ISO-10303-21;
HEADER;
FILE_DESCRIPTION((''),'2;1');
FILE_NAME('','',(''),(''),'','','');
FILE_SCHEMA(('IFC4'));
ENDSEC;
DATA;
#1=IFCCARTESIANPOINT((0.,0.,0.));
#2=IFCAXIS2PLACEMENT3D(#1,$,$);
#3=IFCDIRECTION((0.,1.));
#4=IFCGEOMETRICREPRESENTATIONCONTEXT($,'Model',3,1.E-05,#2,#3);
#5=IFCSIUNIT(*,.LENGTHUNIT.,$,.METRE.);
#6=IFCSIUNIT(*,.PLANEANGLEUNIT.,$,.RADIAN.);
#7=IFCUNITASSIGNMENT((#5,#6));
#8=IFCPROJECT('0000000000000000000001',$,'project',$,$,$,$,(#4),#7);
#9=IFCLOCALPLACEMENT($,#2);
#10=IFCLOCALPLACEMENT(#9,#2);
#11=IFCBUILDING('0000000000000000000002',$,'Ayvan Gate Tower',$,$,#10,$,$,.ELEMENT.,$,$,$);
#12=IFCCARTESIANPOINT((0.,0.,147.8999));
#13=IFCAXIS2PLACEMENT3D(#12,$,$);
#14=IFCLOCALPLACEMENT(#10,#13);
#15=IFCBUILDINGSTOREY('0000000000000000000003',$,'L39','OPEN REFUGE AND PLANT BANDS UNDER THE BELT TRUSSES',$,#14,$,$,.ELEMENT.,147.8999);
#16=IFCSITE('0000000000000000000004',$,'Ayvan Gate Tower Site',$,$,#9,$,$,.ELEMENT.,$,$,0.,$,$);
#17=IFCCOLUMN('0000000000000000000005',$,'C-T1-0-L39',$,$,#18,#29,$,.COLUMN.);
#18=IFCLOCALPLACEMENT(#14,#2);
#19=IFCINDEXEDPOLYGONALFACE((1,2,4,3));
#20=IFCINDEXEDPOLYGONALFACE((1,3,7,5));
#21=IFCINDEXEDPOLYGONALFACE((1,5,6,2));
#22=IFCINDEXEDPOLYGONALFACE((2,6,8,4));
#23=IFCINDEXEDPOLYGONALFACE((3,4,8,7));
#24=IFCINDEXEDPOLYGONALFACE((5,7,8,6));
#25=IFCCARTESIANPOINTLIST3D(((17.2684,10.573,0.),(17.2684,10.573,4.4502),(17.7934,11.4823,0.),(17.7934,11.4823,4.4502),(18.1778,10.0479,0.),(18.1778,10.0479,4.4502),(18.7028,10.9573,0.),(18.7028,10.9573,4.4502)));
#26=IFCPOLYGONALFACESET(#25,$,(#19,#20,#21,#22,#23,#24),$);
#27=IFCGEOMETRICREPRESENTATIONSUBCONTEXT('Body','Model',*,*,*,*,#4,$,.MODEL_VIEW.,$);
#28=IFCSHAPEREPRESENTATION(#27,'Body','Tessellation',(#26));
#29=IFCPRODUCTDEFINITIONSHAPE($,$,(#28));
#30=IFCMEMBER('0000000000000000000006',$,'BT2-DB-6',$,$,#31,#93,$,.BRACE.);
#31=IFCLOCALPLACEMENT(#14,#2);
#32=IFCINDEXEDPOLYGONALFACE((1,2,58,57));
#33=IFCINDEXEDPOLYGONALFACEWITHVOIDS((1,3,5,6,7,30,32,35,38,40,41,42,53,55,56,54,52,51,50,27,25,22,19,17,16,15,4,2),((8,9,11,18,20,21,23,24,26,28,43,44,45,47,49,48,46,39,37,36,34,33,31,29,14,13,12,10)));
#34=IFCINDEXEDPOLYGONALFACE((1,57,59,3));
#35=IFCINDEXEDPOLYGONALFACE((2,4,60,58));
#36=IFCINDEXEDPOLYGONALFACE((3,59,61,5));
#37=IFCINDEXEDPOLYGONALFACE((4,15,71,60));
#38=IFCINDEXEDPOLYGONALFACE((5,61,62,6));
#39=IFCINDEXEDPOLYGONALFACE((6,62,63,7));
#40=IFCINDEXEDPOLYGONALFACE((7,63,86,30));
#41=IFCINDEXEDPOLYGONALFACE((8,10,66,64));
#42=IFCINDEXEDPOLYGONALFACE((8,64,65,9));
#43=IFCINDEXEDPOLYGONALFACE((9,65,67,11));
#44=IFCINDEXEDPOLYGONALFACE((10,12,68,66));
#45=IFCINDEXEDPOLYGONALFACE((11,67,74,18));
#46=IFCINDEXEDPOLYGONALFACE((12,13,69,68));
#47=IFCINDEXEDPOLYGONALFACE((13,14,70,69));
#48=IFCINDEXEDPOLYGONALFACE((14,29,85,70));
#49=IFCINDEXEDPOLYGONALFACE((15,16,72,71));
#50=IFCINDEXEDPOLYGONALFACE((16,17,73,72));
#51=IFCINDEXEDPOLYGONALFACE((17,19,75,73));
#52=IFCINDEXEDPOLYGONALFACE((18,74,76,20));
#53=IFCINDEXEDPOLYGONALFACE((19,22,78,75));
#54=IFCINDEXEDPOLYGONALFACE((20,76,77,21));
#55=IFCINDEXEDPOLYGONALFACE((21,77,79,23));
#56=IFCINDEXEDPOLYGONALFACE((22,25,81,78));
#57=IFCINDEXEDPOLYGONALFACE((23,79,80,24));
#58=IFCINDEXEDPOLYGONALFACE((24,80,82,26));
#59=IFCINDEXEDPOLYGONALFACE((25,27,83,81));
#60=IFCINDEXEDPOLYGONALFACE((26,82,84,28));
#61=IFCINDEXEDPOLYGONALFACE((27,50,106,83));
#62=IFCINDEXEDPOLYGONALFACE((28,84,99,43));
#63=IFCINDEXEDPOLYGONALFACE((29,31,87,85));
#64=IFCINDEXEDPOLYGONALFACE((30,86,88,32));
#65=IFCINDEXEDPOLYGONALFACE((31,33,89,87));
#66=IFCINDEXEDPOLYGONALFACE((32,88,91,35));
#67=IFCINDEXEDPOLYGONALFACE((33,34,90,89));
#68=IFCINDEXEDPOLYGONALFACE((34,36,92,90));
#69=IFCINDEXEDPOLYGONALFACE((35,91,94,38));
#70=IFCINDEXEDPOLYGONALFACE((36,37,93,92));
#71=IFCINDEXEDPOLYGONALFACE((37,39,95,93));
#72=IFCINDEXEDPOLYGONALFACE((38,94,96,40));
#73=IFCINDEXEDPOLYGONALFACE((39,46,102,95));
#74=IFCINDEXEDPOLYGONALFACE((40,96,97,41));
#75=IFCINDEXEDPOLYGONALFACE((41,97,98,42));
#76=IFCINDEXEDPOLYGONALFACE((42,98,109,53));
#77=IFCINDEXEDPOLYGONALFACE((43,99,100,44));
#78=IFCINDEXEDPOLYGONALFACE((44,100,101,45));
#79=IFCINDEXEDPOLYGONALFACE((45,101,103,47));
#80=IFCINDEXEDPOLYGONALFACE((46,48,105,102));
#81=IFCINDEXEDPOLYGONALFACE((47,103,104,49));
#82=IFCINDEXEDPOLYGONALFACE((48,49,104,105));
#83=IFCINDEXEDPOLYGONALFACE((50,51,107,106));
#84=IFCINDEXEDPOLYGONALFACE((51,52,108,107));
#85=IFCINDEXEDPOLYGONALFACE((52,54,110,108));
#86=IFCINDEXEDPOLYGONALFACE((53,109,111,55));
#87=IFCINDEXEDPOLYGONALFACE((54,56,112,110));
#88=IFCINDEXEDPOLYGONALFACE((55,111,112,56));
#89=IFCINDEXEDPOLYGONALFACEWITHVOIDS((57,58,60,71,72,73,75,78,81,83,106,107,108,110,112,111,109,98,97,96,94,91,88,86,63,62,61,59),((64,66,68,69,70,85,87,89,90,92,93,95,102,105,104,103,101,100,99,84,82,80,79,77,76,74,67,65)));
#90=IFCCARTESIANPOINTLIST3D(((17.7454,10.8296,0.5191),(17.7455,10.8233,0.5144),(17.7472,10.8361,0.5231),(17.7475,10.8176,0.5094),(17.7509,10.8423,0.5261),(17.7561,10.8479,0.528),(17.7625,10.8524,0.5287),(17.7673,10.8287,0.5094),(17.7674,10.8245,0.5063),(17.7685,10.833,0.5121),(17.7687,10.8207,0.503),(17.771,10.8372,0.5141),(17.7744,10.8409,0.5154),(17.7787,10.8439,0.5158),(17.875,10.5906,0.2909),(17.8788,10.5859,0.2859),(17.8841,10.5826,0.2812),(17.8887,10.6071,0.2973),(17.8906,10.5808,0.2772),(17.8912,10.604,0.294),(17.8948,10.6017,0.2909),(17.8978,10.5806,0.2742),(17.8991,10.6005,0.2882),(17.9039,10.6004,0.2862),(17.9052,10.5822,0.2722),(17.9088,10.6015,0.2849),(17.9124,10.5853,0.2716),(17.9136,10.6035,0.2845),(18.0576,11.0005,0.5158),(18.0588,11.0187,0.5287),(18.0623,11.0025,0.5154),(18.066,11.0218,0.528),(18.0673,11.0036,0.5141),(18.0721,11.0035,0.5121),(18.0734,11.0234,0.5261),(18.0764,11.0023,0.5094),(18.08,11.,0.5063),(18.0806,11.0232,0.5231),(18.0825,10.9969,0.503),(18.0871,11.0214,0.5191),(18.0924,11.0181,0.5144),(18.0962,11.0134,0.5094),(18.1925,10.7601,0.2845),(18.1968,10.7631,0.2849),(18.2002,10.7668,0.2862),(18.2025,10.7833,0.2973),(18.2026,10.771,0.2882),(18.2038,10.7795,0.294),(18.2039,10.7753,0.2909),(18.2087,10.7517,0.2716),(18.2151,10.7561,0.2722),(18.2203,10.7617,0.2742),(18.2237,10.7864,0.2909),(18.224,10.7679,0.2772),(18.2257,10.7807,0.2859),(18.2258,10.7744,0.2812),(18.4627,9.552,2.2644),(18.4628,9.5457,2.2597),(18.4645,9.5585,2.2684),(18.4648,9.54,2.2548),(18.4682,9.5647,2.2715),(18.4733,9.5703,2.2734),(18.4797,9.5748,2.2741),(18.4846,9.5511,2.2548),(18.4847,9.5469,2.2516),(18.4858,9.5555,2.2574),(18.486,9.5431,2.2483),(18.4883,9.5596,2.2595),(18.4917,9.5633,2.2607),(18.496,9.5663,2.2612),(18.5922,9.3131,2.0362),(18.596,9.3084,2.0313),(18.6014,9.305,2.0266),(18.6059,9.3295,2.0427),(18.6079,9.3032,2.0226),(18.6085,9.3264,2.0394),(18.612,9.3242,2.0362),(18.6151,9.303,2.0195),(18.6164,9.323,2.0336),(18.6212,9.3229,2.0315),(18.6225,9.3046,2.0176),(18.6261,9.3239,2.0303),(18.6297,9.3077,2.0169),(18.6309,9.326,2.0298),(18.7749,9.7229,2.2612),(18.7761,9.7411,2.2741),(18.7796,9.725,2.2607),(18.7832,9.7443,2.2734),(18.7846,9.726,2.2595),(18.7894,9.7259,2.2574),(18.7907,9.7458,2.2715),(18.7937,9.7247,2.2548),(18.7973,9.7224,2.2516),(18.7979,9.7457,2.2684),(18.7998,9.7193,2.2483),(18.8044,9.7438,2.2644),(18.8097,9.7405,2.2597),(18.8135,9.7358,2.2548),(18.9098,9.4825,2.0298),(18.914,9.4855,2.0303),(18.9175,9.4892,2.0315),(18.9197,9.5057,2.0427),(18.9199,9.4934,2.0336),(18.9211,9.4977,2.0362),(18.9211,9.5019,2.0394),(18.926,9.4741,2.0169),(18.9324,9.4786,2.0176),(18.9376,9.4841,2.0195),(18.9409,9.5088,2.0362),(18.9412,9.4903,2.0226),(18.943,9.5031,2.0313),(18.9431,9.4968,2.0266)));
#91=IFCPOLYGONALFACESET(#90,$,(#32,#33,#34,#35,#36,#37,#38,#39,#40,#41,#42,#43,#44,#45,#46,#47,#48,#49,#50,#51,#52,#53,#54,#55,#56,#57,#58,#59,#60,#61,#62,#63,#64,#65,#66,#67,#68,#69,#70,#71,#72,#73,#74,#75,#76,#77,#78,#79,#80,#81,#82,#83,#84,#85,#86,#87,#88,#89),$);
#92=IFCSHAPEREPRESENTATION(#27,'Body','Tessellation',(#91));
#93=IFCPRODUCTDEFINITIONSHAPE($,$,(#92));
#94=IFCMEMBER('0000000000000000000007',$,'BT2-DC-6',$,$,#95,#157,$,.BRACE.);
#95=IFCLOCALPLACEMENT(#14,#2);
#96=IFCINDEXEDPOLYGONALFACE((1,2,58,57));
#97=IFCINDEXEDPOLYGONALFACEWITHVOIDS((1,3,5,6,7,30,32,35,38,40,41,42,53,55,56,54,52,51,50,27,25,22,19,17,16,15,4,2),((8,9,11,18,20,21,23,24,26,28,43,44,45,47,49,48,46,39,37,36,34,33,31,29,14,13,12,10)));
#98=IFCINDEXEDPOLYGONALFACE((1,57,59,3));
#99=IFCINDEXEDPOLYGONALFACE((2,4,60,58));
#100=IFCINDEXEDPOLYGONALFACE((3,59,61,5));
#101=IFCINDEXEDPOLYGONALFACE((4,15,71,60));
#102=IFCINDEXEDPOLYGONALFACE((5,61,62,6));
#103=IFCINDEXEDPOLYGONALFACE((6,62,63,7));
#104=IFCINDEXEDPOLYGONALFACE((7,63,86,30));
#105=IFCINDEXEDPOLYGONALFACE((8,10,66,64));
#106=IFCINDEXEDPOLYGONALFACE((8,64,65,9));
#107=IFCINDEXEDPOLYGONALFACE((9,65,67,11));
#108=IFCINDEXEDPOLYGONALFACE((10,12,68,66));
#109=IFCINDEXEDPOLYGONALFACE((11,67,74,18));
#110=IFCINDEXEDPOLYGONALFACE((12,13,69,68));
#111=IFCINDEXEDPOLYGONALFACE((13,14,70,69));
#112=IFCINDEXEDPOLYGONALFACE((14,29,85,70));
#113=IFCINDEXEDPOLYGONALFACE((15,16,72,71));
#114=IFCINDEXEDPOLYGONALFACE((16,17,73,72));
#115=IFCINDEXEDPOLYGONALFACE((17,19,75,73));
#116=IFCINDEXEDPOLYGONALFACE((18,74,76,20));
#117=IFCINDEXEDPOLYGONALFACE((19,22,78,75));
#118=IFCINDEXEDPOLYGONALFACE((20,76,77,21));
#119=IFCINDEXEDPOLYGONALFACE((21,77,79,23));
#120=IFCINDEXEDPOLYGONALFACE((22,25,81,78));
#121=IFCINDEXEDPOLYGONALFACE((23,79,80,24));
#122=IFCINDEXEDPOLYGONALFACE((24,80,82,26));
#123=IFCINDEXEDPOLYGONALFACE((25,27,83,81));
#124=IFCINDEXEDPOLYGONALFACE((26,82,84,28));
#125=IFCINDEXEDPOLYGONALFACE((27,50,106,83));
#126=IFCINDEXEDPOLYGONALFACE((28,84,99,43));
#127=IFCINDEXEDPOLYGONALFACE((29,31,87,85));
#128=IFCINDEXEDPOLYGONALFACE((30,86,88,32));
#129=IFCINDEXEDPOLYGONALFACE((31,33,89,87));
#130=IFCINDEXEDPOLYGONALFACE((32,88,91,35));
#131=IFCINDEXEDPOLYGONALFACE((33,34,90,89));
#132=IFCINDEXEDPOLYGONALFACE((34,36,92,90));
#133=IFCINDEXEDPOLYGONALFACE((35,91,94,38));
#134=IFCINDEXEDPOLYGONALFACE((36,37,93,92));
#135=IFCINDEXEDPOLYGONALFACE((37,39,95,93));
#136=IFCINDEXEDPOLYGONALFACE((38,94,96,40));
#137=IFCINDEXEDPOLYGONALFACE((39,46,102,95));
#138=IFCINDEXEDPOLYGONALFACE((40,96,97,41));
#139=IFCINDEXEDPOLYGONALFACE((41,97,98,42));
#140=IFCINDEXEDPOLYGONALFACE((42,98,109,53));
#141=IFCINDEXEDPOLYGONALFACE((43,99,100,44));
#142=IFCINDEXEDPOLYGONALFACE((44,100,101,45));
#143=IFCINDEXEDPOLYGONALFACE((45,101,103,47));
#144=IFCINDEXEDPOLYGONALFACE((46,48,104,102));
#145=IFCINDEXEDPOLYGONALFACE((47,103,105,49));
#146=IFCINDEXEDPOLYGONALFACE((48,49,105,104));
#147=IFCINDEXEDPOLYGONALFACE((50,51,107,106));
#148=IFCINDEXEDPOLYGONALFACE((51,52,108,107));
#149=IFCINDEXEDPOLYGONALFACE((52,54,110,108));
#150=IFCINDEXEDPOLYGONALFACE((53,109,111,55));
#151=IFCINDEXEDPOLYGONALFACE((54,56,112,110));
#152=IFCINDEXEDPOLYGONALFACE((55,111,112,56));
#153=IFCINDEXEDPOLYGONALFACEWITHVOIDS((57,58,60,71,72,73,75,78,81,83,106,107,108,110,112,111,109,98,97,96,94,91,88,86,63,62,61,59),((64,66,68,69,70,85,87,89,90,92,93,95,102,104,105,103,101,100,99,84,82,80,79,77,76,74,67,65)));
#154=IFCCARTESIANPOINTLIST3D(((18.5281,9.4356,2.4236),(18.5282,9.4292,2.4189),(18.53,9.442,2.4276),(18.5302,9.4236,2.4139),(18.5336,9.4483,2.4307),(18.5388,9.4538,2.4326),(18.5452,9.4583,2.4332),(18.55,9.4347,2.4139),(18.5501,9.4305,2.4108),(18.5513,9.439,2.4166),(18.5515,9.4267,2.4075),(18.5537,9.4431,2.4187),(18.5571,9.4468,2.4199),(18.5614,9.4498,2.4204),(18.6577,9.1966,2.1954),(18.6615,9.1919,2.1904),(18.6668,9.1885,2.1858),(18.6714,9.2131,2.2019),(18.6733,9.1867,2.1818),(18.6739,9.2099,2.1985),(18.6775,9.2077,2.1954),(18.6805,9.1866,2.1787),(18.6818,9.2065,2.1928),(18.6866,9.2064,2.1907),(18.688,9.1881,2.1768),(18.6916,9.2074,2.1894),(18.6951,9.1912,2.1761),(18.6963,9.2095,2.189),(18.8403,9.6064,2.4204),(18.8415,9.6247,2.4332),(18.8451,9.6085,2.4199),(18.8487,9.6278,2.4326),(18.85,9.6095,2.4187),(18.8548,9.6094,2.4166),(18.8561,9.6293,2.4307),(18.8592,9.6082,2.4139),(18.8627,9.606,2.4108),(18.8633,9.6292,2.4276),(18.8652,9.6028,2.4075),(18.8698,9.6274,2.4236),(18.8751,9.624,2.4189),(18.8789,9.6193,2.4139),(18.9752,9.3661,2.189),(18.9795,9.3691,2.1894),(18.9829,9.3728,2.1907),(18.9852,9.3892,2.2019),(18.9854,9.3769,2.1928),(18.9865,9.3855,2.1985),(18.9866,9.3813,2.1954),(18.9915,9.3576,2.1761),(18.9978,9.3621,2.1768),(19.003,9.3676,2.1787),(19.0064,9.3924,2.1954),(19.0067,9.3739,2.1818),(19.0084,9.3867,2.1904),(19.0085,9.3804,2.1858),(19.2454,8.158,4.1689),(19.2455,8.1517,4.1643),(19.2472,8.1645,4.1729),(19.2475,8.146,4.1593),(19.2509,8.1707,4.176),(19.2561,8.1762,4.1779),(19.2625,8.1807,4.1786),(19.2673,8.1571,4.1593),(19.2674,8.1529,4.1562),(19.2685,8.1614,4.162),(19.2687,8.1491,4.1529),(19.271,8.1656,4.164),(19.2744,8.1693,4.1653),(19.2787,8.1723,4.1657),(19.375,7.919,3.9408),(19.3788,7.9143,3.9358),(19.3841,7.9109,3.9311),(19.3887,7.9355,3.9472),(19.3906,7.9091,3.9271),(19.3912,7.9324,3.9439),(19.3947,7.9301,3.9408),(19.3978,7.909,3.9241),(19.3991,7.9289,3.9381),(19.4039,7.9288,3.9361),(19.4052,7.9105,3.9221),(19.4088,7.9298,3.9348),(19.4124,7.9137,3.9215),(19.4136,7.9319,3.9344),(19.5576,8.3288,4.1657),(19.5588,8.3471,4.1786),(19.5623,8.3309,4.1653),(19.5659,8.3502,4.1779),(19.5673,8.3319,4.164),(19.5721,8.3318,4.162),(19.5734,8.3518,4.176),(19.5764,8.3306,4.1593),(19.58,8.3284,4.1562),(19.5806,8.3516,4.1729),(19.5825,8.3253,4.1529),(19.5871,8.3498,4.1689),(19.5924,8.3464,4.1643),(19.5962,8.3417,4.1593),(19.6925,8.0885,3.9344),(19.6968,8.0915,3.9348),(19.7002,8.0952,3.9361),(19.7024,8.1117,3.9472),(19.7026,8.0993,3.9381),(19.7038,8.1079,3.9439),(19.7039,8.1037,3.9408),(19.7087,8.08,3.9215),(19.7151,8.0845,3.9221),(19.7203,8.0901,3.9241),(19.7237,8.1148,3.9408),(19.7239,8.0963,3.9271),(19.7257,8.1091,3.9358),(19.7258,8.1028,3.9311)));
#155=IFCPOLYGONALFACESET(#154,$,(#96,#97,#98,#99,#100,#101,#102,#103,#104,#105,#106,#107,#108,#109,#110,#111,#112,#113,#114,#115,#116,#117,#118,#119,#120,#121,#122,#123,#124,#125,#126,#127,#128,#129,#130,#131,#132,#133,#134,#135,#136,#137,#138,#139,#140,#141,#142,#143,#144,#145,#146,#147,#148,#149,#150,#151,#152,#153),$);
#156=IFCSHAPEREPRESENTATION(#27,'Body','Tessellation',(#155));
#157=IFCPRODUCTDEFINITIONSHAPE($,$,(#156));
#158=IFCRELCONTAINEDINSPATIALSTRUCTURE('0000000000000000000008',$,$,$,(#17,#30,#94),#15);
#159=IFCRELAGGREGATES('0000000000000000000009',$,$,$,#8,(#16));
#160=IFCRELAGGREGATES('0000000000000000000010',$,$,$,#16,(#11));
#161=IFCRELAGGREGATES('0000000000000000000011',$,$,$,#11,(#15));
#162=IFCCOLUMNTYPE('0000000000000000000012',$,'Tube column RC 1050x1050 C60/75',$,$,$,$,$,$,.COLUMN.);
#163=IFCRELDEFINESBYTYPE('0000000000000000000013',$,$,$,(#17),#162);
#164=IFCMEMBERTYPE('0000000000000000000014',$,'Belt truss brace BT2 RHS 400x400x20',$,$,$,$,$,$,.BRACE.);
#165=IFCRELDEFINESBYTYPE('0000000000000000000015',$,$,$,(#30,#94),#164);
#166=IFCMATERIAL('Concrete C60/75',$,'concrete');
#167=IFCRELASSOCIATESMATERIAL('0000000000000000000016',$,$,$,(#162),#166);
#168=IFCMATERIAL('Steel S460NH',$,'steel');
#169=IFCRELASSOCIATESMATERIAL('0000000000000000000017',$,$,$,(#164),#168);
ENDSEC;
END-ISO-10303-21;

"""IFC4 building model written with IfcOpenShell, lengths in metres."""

from ifc_helpers import new_model, si_unit, direction, frame, origin, origin_2d, place, context, subcontext, project, spatial, rectangle, hollow_rectangle, extrude, material, material_profile, profile_set, type_object, element, save


model = new_model("IFC4")

# Units and contexts
model_context = context("Model", 3, precision=1e-05, world=origin(), true_north=direction((0.0, 1.0)))
body_context = subcontext(model_context, "Body", "Model", "MODEL_VIEW")
ifc_project = project(units=[si_unit("LENGTHUNIT", "METRE"), si_unit("PLANEANGLEUNIT", "RADIAN")], contexts=[model_context])

# Site, building, storey
site_placement = place(None, origin())
site = spatial("IfcSite", under=ifc_project, at=site_placement, Name="Ayvan Gate Tower Site", CompositionType="ELEMENT", RefElevation=0.0)
building_placement = place(site_placement, origin())
building = spatial("IfcBuilding", under=site, at=building_placement, Name="Ayvan Gate Tower", CompositionType="ELEMENT")
storey_placement = place(building_placement, frame((0.0, 0.0, 147.8999)))
storey = spatial("IfcBuildingStorey", under=building, at=storey_placement, Name="L39", Description="OPEN REFUGE AND PLANT BANDS UNDER THE BELT TRUSSES", CompositionType="ELEMENT", Elevation=147.8999)

# Column
ifc_material_1 = material(Name="Concrete C60/75", Category="concrete")
ifc_material_profile_1 = material_profile(ifc_material_1, rectangle(XDim=1.05, YDim=1.05, at=origin_2d()), Name="RC 1050x1050")
ifc_profile_set_1 = profile_set([ifc_material_profile_1], Name="Concrete C60/75")
column_type = type_object("IfcColumnType", Name="Tube column RC 1050x1050 C60/75", PredefinedType="COLUMN", material=ifc_profile_set_1)
column_placement = place(storey_placement, frame((17.9856, 10.7651, 0.0), z_axis=(0.0, 0.0, 1.0), x_axis=(0.5, 0.866025, 0.0)))
element("IfcColumn", 1, at=column_placement, inside=storey, type_object=column_type, Name="C-T1-0-L39", PredefinedType="COLUMN", context=body_context, shape_type="SweptSolid", body=[
    extrude(rectangle(XDim=1.05, YDim=1.05, at=origin_2d()), origin(), (0.0, 0.0, 1.0), 4.4502),
])

# Members
ifc_material_2 = material(Name="Steel S460NH", Category="steel")
ifc_material_profile_2 = material_profile(ifc_material_2, hollow_rectangle(XDim=0.3999, YDim=0.3999, WallThickness=0.02, InnerFilletRadius=0.02, OuterFilletRadius=0.03, at=origin_2d()), Name="RHS 400x400x20")
ifc_profile_set_2 = profile_set([ifc_material_profile_2], Name="Steel S460NH")
member_type_1 = type_object("IfcMemberType", Name="Belt truss brace BT2 RHS 400x400x20", PredefinedType="BRACE", material=ifc_profile_set_2)
for number, where, z_axis, x_axis, name in (
    (2, (17.9856, 10.802, 0.4001), (0.314762, -0.560636, 0.765906), (0.871971, 0.489557, 0.0), "BT2-DB-6"),
    (3, (18.7683, 9.408, 2.3047), (0.314762, -0.560636, 0.765906), (0.871971, 0.489557, 0.0), "BT2-DC-6"),
):
    element("IfcMember", number, at=place(storey_placement, frame(where, z_axis=z_axis, x_axis=x_axis)), inside=storey, type_object=member_type_1, Name=name, PredefinedType="BRACE", context=body_context, shape_type="SweptSolid", body=[
        extrude(hollow_rectangle(XDim=0.3999, YDim=0.3999, WallThickness=0.02, InnerFilletRadius=0.02, OuterFilletRadius=0.03, at=origin_2d()), origin(), (0.0, 0.0, 1.0), 2.2788),
    ])

save(model, "model.ifc")
